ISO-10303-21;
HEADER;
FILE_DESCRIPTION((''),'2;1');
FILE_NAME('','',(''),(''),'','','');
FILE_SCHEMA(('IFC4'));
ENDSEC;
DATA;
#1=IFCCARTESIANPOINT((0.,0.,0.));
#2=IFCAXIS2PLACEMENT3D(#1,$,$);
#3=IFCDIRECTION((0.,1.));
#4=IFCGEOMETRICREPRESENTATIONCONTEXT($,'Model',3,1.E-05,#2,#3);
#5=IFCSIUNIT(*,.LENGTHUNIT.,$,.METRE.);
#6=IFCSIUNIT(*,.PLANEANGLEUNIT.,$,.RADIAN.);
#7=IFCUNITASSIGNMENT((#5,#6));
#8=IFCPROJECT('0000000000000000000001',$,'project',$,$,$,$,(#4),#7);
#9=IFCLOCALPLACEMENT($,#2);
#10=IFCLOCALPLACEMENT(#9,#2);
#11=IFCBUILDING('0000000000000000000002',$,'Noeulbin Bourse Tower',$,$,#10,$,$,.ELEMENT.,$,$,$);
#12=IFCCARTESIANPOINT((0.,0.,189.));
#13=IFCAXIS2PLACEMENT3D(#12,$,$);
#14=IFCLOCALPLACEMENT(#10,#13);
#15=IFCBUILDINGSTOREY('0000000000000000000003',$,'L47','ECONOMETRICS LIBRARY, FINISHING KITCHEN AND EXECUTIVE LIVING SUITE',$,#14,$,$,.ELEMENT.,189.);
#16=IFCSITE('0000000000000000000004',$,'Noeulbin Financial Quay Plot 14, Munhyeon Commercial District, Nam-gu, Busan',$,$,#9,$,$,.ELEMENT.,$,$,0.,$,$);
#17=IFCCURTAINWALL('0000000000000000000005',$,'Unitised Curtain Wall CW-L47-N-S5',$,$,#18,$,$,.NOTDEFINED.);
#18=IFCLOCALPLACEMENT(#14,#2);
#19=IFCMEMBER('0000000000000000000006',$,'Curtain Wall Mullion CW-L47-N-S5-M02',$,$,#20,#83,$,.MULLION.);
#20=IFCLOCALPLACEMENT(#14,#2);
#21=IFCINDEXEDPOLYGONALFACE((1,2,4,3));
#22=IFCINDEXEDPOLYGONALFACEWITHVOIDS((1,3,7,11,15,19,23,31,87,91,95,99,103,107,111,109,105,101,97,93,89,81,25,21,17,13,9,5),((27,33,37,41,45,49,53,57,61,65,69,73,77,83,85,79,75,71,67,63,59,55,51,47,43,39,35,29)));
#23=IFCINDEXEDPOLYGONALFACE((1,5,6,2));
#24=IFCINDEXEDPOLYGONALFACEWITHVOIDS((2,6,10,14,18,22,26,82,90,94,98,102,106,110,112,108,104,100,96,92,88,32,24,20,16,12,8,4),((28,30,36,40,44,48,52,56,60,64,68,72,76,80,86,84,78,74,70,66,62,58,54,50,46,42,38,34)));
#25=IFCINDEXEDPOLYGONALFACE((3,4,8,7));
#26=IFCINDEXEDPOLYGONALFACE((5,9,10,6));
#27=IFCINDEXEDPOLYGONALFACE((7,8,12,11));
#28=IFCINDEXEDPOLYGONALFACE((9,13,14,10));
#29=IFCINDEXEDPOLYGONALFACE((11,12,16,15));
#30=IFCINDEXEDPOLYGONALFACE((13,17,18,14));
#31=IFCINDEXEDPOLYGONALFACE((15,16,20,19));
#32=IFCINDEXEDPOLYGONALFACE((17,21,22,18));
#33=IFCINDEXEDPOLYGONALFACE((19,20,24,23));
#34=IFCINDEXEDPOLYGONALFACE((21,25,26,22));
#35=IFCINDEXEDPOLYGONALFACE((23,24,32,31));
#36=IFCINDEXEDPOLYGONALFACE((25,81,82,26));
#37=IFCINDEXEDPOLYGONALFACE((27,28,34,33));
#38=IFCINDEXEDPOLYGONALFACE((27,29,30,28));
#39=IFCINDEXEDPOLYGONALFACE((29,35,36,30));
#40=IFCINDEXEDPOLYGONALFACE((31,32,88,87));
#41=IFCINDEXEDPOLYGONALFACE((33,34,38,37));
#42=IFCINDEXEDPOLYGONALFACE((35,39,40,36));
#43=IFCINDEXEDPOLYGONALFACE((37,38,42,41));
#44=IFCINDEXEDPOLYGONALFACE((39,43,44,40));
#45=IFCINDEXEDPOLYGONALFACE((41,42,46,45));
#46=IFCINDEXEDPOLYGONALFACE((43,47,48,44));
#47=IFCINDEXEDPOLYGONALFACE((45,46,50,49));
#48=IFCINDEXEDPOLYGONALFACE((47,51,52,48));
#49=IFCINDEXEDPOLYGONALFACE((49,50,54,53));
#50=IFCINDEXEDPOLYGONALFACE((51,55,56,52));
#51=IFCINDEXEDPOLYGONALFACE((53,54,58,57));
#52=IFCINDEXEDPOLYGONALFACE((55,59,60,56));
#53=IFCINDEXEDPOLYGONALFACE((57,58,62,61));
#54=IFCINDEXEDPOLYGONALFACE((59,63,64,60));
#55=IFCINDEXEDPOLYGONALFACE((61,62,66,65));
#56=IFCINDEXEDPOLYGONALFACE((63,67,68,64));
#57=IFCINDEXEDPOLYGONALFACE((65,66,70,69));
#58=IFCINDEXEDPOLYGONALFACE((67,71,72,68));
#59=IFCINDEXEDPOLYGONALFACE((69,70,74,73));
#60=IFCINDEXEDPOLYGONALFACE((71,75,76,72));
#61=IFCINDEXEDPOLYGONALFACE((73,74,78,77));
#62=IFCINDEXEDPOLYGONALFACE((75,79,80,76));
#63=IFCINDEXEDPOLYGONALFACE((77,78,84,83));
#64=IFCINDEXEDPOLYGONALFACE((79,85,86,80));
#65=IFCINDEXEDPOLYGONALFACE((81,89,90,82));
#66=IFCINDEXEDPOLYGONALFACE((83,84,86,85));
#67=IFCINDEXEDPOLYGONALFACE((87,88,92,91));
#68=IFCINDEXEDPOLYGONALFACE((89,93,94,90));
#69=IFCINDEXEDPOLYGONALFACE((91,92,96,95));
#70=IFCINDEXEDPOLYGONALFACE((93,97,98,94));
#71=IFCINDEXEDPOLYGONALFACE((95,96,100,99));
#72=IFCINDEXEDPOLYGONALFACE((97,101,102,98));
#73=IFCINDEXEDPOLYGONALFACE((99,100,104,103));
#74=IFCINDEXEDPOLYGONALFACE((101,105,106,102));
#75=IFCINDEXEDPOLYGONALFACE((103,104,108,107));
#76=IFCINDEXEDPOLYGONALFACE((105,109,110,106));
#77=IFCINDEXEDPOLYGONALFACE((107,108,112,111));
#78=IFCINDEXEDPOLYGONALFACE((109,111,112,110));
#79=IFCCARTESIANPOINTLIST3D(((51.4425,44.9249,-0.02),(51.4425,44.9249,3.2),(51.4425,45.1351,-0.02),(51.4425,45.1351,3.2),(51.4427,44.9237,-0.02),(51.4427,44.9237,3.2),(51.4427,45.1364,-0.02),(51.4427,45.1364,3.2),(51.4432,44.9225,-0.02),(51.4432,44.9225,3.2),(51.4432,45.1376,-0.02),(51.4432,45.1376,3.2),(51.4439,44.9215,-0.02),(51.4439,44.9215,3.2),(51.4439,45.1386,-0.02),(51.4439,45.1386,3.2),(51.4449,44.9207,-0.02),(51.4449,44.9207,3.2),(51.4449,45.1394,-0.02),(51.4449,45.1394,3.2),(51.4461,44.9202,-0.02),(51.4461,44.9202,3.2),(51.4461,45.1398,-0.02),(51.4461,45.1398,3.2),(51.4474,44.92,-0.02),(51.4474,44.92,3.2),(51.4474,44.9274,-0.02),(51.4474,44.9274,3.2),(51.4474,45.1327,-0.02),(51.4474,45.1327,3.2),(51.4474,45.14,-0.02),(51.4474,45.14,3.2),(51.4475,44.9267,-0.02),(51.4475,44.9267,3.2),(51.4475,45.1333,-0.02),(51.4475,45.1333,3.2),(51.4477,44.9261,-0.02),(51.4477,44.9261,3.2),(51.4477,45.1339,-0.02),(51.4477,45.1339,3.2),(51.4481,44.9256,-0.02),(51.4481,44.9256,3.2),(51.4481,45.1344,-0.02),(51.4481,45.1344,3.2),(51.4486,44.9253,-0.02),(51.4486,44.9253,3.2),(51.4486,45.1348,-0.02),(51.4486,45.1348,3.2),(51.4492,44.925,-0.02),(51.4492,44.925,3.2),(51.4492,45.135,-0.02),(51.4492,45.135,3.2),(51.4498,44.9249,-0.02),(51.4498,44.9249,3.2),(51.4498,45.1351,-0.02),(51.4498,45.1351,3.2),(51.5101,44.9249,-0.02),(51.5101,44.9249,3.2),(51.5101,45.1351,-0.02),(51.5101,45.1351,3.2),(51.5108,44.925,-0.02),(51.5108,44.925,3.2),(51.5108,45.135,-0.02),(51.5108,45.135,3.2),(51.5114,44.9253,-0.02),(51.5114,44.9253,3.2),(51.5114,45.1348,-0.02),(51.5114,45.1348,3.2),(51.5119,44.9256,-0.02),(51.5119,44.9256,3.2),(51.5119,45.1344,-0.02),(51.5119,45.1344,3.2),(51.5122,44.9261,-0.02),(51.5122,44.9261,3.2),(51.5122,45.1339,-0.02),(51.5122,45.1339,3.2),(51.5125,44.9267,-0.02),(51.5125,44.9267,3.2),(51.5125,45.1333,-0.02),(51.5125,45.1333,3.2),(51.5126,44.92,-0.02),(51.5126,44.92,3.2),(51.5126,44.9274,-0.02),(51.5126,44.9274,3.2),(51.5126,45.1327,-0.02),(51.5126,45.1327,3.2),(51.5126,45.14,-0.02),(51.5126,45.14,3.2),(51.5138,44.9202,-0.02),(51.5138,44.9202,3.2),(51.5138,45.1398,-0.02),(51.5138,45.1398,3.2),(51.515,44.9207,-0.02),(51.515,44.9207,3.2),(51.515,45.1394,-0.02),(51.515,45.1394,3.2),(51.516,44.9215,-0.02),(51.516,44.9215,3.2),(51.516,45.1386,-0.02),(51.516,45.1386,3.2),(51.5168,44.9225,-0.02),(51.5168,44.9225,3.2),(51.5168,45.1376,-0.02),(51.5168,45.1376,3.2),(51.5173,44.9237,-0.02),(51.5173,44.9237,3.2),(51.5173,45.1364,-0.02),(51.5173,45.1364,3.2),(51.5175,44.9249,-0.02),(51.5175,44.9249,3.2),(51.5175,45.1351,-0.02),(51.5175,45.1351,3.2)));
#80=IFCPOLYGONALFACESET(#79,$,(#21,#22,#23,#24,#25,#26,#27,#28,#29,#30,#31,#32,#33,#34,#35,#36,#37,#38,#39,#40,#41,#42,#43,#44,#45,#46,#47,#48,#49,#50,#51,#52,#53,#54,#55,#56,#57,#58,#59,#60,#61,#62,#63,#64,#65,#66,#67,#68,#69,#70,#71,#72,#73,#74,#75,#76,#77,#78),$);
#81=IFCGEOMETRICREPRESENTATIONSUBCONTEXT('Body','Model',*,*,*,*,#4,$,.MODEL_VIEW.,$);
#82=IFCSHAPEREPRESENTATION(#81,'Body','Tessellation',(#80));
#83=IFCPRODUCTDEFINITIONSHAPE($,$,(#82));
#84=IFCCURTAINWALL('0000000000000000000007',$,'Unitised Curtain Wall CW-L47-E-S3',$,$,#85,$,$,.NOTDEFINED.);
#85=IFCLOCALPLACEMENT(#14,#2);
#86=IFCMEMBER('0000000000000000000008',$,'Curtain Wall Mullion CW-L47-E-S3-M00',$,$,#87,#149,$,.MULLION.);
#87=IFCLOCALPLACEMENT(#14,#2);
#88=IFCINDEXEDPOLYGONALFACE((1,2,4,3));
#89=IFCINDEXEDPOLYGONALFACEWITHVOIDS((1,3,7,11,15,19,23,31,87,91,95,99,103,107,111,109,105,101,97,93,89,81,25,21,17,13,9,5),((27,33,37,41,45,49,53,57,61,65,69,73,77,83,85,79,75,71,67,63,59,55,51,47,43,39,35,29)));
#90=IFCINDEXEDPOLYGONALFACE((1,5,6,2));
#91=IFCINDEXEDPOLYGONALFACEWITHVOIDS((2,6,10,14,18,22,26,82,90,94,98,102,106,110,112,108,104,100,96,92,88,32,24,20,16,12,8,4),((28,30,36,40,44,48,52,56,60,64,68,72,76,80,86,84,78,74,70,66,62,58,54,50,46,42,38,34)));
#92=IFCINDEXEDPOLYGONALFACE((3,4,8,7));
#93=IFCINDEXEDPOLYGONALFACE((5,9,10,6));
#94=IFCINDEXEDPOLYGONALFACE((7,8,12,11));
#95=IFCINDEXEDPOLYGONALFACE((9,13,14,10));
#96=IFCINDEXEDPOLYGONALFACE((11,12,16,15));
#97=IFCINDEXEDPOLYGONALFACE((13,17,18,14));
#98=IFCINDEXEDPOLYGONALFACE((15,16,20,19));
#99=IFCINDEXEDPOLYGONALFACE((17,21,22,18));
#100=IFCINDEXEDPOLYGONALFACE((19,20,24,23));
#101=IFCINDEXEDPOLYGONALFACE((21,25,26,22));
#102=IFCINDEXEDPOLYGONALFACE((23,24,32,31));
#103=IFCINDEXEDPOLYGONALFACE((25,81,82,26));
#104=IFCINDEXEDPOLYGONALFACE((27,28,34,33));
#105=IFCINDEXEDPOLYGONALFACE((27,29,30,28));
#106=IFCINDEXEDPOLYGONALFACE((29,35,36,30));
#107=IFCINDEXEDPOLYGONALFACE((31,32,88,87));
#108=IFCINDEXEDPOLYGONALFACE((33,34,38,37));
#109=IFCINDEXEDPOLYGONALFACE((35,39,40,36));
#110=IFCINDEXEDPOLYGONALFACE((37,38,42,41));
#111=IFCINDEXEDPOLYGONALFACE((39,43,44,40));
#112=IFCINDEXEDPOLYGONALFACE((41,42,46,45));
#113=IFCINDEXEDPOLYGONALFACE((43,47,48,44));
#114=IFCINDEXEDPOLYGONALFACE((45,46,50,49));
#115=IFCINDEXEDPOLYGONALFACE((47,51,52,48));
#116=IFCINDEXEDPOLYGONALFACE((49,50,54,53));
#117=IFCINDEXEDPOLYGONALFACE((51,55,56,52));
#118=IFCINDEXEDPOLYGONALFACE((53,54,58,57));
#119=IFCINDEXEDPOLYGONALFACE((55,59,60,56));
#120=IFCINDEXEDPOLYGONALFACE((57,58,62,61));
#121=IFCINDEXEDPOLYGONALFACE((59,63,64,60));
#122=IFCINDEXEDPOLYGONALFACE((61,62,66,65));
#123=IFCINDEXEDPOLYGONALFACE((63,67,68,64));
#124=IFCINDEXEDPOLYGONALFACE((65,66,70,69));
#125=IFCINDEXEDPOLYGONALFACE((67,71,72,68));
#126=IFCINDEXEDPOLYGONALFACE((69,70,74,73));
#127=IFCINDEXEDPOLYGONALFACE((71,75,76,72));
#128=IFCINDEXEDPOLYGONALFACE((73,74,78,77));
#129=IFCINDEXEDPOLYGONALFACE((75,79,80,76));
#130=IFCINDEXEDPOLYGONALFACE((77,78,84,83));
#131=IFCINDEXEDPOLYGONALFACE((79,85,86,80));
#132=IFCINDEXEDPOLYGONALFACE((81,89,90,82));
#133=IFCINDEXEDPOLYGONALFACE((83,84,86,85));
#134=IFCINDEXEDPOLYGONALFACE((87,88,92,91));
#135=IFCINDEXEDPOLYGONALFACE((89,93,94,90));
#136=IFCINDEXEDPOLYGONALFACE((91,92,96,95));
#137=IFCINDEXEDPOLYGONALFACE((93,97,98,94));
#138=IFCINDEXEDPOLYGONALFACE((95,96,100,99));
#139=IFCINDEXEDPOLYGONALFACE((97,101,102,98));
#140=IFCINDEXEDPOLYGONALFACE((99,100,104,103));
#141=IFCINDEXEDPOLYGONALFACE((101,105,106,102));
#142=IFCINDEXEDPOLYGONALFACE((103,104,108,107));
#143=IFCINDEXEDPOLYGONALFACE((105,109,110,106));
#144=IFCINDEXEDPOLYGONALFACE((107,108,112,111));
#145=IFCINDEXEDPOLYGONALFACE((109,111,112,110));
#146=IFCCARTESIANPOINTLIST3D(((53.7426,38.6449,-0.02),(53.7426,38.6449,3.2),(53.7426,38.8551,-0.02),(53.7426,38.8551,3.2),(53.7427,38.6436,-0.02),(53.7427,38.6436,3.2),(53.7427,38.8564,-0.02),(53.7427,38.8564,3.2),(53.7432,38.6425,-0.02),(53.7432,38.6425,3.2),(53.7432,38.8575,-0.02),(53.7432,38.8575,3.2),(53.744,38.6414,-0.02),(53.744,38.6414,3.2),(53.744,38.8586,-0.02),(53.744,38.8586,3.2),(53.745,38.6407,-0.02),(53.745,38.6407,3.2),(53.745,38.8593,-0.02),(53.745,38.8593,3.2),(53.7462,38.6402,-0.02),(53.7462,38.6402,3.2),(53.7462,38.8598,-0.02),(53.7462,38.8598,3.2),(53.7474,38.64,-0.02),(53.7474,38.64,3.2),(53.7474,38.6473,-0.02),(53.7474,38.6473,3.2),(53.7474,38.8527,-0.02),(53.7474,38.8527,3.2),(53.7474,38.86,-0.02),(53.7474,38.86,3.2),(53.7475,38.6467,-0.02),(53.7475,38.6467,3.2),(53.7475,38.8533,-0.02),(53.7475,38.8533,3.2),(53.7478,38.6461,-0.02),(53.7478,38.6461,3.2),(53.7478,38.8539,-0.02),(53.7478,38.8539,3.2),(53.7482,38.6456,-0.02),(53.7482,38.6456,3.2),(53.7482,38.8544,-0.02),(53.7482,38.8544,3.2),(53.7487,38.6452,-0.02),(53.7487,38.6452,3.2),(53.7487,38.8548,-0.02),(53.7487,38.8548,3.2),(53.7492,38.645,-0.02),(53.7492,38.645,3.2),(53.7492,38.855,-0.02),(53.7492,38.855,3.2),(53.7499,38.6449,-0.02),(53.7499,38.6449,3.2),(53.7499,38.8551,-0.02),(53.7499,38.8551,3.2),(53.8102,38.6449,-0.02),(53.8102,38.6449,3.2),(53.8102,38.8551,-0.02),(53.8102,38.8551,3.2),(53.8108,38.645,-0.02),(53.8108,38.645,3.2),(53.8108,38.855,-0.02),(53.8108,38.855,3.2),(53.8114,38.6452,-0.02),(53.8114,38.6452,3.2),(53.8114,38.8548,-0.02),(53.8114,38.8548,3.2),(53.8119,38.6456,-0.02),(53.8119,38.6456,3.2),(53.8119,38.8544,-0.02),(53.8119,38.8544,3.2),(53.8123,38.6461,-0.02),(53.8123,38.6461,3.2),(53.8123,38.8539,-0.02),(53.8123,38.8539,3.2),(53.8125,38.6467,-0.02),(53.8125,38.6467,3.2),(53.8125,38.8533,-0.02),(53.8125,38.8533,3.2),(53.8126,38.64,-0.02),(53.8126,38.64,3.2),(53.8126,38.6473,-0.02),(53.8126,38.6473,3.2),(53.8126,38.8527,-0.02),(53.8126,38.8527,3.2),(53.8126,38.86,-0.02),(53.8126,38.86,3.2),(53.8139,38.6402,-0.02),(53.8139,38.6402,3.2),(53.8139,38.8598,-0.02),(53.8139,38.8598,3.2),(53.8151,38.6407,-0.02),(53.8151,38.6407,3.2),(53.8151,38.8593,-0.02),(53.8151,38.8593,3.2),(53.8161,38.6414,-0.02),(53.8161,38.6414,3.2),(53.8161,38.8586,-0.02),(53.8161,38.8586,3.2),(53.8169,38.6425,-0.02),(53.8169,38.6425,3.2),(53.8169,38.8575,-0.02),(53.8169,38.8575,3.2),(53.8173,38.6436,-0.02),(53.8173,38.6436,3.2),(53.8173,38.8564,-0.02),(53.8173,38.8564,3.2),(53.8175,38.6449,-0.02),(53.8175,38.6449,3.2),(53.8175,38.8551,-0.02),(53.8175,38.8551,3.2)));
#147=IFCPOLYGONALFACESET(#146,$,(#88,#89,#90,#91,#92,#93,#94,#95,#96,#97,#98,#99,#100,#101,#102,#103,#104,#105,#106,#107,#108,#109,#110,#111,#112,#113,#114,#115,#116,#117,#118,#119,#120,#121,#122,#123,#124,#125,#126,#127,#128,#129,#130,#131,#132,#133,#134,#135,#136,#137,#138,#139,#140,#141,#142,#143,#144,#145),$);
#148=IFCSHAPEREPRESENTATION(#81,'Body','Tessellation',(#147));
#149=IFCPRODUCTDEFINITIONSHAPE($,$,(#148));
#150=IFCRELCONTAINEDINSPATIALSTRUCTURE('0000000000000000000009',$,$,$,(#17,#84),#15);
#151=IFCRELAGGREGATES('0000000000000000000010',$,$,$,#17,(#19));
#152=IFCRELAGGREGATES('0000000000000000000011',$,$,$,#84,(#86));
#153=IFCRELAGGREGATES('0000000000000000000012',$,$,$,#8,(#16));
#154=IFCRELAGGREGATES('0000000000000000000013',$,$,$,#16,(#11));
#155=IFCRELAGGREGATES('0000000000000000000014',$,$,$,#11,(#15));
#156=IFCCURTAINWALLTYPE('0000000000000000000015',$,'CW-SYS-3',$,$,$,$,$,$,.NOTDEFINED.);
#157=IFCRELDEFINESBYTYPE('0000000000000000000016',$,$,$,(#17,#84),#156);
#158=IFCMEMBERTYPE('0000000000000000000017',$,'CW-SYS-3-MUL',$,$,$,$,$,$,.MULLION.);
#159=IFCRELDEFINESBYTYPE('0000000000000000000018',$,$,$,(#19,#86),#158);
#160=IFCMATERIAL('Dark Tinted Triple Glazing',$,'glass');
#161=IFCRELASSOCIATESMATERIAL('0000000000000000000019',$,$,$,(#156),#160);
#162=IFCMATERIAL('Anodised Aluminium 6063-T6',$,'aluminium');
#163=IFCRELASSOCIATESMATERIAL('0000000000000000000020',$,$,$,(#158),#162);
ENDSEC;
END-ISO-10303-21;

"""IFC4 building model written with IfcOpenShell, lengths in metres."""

from ifc_helpers import new_model, si_unit, direction, frame, origin, origin_2d, place, context, subcontext, project, spatial, hollow_rectangle, extrude, material, material_profile, profile_set, type_object, element, aggregate, save


model = new_model("IFC4")

# Units and contexts
model_context = context("Model", 3, precision=1e-05, world=origin(), true_north=direction((0.0, 1.0)))
body_context = subcontext(model_context, "Body", "Model", "MODEL_VIEW")
ifc_project = project(units=[si_unit("LENGTHUNIT", "METRE"), si_unit("PLANEANGLEUNIT", "RADIAN")], contexts=[model_context])

# Site, building, storey
site_placement = place(None, origin())
site = spatial("IfcSite", under=ifc_project, at=site_placement, Name="Noeulbin Financial Quay Plot 14, Munhyeon Commercial District, Nam-gu, Busan", CompositionType="ELEMENT", RefElevation=0.0)
building_placement = place(site_placement, origin())
building = spatial("IfcBuilding", under=site, at=building_placement, Name="Noeulbin Bourse Tower", CompositionType="ELEMENT")
storey_placement = place(building_placement, frame((0.0, 0.0, 189.0)))
storey = spatial("IfcBuildingStorey", under=building, at=storey_placement, Name="L47", Description="ECONOMETRICS LIBRARY, FINISHING KITCHEN AND EXECUTIVE LIVING SUITE", CompositionType="ELEMENT", Elevation=189.0)

# Shared definitions
ifc_material_1 = material(Name="Dark Tinted Triple Glazing", Category="glass")
curtain_wall_type = type_object("IfcCurtainWallType", Name="CW-SYS-3", PredefinedType="NOTDEFINED", material=ifc_material_1)
ifc_material_2 = material(Name="Anodised Aluminium 6063-T6", Category="aluminium")
ifc_material_profile_1 = material_profile(ifc_material_2, hollow_rectangle(XDim=0.075, YDim=0.22, WallThickness=0.0049, InnerFilletRadius=0.0024, OuterFilletRadius=0.0049, at=origin_2d()), Name="ALU-MULL-75x220x5", Category="LoadBearing")
ifc_profile_set_1 = profile_set([ifc_material_profile_1], Name="Anodised Aluminium 6063-T6")
member_type_1 = type_object("IfcMemberType", Name="CW-SYS-3-MUL", PredefinedType="MULLION", material=ifc_profile_set_1)

# Curtain walls, members
curtain_wall_1_placement = place(storey_placement, origin())
curtain_wall_1 = element("IfcCurtainWall", 1, at=curtain_wall_1_placement, inside=storey, type_object=curtain_wall_type, Name="Unitised Curtain Wall CW-L47-N-S5", PredefinedType="NOTDEFINED")
member_1_placement = place(storey_placement, frame((51.48, 45.03, -0.02), z_axis=(0.0, 0.0, 1.0), x_axis=(1.0, 0.0, 0.0)))
member_1 = element("IfcMember", 2, at=member_1_placement, type_object=member_type_1, Name="Curtain Wall Mullion CW-L47-N-S5-M02", PredefinedType="MULLION", context=body_context, shape_type="SweptSolid", body=[
    extrude(hollow_rectangle(XDim=0.075, YDim=0.22, WallThickness=0.0049, InnerFilletRadius=0.0024, OuterFilletRadius=0.0049, at=origin_2d()), origin(), (0.0, 0.0, 1.0), 3.22),
])
curtain_wall_2_placement = place(storey_placement, origin())
curtain_wall_2 = element("IfcCurtainWall", 3, at=curtain_wall_2_placement, inside=storey, type_object=curtain_wall_type, Name="Unitised Curtain Wall CW-L47-E-S3", PredefinedType="NOTDEFINED")
member_2_placement = place(storey_placement, frame((53.78, 38.75, -0.02), z_axis=(0.0, 0.0, 1.0), x_axis=(1.0, 0.0, 0.0)))
member_2 = element("IfcMember", 4, at=member_2_placement, type_object=member_type_1, Name="Curtain Wall Mullion CW-L47-E-S3-M00", PredefinedType="MULLION", context=body_context, shape_type="SweptSolid", body=[
    extrude(hollow_rectangle(XDim=0.075, YDim=0.22, WallThickness=0.0049, InnerFilletRadius=0.0024, OuterFilletRadius=0.0049, at=origin_2d()), origin(), (0.0, 0.0, 1.0), 3.22),
])

aggregate(curtain_wall_1, [member_1])
aggregate(curtain_wall_2, [member_2])

save(model, "model.ifc")
